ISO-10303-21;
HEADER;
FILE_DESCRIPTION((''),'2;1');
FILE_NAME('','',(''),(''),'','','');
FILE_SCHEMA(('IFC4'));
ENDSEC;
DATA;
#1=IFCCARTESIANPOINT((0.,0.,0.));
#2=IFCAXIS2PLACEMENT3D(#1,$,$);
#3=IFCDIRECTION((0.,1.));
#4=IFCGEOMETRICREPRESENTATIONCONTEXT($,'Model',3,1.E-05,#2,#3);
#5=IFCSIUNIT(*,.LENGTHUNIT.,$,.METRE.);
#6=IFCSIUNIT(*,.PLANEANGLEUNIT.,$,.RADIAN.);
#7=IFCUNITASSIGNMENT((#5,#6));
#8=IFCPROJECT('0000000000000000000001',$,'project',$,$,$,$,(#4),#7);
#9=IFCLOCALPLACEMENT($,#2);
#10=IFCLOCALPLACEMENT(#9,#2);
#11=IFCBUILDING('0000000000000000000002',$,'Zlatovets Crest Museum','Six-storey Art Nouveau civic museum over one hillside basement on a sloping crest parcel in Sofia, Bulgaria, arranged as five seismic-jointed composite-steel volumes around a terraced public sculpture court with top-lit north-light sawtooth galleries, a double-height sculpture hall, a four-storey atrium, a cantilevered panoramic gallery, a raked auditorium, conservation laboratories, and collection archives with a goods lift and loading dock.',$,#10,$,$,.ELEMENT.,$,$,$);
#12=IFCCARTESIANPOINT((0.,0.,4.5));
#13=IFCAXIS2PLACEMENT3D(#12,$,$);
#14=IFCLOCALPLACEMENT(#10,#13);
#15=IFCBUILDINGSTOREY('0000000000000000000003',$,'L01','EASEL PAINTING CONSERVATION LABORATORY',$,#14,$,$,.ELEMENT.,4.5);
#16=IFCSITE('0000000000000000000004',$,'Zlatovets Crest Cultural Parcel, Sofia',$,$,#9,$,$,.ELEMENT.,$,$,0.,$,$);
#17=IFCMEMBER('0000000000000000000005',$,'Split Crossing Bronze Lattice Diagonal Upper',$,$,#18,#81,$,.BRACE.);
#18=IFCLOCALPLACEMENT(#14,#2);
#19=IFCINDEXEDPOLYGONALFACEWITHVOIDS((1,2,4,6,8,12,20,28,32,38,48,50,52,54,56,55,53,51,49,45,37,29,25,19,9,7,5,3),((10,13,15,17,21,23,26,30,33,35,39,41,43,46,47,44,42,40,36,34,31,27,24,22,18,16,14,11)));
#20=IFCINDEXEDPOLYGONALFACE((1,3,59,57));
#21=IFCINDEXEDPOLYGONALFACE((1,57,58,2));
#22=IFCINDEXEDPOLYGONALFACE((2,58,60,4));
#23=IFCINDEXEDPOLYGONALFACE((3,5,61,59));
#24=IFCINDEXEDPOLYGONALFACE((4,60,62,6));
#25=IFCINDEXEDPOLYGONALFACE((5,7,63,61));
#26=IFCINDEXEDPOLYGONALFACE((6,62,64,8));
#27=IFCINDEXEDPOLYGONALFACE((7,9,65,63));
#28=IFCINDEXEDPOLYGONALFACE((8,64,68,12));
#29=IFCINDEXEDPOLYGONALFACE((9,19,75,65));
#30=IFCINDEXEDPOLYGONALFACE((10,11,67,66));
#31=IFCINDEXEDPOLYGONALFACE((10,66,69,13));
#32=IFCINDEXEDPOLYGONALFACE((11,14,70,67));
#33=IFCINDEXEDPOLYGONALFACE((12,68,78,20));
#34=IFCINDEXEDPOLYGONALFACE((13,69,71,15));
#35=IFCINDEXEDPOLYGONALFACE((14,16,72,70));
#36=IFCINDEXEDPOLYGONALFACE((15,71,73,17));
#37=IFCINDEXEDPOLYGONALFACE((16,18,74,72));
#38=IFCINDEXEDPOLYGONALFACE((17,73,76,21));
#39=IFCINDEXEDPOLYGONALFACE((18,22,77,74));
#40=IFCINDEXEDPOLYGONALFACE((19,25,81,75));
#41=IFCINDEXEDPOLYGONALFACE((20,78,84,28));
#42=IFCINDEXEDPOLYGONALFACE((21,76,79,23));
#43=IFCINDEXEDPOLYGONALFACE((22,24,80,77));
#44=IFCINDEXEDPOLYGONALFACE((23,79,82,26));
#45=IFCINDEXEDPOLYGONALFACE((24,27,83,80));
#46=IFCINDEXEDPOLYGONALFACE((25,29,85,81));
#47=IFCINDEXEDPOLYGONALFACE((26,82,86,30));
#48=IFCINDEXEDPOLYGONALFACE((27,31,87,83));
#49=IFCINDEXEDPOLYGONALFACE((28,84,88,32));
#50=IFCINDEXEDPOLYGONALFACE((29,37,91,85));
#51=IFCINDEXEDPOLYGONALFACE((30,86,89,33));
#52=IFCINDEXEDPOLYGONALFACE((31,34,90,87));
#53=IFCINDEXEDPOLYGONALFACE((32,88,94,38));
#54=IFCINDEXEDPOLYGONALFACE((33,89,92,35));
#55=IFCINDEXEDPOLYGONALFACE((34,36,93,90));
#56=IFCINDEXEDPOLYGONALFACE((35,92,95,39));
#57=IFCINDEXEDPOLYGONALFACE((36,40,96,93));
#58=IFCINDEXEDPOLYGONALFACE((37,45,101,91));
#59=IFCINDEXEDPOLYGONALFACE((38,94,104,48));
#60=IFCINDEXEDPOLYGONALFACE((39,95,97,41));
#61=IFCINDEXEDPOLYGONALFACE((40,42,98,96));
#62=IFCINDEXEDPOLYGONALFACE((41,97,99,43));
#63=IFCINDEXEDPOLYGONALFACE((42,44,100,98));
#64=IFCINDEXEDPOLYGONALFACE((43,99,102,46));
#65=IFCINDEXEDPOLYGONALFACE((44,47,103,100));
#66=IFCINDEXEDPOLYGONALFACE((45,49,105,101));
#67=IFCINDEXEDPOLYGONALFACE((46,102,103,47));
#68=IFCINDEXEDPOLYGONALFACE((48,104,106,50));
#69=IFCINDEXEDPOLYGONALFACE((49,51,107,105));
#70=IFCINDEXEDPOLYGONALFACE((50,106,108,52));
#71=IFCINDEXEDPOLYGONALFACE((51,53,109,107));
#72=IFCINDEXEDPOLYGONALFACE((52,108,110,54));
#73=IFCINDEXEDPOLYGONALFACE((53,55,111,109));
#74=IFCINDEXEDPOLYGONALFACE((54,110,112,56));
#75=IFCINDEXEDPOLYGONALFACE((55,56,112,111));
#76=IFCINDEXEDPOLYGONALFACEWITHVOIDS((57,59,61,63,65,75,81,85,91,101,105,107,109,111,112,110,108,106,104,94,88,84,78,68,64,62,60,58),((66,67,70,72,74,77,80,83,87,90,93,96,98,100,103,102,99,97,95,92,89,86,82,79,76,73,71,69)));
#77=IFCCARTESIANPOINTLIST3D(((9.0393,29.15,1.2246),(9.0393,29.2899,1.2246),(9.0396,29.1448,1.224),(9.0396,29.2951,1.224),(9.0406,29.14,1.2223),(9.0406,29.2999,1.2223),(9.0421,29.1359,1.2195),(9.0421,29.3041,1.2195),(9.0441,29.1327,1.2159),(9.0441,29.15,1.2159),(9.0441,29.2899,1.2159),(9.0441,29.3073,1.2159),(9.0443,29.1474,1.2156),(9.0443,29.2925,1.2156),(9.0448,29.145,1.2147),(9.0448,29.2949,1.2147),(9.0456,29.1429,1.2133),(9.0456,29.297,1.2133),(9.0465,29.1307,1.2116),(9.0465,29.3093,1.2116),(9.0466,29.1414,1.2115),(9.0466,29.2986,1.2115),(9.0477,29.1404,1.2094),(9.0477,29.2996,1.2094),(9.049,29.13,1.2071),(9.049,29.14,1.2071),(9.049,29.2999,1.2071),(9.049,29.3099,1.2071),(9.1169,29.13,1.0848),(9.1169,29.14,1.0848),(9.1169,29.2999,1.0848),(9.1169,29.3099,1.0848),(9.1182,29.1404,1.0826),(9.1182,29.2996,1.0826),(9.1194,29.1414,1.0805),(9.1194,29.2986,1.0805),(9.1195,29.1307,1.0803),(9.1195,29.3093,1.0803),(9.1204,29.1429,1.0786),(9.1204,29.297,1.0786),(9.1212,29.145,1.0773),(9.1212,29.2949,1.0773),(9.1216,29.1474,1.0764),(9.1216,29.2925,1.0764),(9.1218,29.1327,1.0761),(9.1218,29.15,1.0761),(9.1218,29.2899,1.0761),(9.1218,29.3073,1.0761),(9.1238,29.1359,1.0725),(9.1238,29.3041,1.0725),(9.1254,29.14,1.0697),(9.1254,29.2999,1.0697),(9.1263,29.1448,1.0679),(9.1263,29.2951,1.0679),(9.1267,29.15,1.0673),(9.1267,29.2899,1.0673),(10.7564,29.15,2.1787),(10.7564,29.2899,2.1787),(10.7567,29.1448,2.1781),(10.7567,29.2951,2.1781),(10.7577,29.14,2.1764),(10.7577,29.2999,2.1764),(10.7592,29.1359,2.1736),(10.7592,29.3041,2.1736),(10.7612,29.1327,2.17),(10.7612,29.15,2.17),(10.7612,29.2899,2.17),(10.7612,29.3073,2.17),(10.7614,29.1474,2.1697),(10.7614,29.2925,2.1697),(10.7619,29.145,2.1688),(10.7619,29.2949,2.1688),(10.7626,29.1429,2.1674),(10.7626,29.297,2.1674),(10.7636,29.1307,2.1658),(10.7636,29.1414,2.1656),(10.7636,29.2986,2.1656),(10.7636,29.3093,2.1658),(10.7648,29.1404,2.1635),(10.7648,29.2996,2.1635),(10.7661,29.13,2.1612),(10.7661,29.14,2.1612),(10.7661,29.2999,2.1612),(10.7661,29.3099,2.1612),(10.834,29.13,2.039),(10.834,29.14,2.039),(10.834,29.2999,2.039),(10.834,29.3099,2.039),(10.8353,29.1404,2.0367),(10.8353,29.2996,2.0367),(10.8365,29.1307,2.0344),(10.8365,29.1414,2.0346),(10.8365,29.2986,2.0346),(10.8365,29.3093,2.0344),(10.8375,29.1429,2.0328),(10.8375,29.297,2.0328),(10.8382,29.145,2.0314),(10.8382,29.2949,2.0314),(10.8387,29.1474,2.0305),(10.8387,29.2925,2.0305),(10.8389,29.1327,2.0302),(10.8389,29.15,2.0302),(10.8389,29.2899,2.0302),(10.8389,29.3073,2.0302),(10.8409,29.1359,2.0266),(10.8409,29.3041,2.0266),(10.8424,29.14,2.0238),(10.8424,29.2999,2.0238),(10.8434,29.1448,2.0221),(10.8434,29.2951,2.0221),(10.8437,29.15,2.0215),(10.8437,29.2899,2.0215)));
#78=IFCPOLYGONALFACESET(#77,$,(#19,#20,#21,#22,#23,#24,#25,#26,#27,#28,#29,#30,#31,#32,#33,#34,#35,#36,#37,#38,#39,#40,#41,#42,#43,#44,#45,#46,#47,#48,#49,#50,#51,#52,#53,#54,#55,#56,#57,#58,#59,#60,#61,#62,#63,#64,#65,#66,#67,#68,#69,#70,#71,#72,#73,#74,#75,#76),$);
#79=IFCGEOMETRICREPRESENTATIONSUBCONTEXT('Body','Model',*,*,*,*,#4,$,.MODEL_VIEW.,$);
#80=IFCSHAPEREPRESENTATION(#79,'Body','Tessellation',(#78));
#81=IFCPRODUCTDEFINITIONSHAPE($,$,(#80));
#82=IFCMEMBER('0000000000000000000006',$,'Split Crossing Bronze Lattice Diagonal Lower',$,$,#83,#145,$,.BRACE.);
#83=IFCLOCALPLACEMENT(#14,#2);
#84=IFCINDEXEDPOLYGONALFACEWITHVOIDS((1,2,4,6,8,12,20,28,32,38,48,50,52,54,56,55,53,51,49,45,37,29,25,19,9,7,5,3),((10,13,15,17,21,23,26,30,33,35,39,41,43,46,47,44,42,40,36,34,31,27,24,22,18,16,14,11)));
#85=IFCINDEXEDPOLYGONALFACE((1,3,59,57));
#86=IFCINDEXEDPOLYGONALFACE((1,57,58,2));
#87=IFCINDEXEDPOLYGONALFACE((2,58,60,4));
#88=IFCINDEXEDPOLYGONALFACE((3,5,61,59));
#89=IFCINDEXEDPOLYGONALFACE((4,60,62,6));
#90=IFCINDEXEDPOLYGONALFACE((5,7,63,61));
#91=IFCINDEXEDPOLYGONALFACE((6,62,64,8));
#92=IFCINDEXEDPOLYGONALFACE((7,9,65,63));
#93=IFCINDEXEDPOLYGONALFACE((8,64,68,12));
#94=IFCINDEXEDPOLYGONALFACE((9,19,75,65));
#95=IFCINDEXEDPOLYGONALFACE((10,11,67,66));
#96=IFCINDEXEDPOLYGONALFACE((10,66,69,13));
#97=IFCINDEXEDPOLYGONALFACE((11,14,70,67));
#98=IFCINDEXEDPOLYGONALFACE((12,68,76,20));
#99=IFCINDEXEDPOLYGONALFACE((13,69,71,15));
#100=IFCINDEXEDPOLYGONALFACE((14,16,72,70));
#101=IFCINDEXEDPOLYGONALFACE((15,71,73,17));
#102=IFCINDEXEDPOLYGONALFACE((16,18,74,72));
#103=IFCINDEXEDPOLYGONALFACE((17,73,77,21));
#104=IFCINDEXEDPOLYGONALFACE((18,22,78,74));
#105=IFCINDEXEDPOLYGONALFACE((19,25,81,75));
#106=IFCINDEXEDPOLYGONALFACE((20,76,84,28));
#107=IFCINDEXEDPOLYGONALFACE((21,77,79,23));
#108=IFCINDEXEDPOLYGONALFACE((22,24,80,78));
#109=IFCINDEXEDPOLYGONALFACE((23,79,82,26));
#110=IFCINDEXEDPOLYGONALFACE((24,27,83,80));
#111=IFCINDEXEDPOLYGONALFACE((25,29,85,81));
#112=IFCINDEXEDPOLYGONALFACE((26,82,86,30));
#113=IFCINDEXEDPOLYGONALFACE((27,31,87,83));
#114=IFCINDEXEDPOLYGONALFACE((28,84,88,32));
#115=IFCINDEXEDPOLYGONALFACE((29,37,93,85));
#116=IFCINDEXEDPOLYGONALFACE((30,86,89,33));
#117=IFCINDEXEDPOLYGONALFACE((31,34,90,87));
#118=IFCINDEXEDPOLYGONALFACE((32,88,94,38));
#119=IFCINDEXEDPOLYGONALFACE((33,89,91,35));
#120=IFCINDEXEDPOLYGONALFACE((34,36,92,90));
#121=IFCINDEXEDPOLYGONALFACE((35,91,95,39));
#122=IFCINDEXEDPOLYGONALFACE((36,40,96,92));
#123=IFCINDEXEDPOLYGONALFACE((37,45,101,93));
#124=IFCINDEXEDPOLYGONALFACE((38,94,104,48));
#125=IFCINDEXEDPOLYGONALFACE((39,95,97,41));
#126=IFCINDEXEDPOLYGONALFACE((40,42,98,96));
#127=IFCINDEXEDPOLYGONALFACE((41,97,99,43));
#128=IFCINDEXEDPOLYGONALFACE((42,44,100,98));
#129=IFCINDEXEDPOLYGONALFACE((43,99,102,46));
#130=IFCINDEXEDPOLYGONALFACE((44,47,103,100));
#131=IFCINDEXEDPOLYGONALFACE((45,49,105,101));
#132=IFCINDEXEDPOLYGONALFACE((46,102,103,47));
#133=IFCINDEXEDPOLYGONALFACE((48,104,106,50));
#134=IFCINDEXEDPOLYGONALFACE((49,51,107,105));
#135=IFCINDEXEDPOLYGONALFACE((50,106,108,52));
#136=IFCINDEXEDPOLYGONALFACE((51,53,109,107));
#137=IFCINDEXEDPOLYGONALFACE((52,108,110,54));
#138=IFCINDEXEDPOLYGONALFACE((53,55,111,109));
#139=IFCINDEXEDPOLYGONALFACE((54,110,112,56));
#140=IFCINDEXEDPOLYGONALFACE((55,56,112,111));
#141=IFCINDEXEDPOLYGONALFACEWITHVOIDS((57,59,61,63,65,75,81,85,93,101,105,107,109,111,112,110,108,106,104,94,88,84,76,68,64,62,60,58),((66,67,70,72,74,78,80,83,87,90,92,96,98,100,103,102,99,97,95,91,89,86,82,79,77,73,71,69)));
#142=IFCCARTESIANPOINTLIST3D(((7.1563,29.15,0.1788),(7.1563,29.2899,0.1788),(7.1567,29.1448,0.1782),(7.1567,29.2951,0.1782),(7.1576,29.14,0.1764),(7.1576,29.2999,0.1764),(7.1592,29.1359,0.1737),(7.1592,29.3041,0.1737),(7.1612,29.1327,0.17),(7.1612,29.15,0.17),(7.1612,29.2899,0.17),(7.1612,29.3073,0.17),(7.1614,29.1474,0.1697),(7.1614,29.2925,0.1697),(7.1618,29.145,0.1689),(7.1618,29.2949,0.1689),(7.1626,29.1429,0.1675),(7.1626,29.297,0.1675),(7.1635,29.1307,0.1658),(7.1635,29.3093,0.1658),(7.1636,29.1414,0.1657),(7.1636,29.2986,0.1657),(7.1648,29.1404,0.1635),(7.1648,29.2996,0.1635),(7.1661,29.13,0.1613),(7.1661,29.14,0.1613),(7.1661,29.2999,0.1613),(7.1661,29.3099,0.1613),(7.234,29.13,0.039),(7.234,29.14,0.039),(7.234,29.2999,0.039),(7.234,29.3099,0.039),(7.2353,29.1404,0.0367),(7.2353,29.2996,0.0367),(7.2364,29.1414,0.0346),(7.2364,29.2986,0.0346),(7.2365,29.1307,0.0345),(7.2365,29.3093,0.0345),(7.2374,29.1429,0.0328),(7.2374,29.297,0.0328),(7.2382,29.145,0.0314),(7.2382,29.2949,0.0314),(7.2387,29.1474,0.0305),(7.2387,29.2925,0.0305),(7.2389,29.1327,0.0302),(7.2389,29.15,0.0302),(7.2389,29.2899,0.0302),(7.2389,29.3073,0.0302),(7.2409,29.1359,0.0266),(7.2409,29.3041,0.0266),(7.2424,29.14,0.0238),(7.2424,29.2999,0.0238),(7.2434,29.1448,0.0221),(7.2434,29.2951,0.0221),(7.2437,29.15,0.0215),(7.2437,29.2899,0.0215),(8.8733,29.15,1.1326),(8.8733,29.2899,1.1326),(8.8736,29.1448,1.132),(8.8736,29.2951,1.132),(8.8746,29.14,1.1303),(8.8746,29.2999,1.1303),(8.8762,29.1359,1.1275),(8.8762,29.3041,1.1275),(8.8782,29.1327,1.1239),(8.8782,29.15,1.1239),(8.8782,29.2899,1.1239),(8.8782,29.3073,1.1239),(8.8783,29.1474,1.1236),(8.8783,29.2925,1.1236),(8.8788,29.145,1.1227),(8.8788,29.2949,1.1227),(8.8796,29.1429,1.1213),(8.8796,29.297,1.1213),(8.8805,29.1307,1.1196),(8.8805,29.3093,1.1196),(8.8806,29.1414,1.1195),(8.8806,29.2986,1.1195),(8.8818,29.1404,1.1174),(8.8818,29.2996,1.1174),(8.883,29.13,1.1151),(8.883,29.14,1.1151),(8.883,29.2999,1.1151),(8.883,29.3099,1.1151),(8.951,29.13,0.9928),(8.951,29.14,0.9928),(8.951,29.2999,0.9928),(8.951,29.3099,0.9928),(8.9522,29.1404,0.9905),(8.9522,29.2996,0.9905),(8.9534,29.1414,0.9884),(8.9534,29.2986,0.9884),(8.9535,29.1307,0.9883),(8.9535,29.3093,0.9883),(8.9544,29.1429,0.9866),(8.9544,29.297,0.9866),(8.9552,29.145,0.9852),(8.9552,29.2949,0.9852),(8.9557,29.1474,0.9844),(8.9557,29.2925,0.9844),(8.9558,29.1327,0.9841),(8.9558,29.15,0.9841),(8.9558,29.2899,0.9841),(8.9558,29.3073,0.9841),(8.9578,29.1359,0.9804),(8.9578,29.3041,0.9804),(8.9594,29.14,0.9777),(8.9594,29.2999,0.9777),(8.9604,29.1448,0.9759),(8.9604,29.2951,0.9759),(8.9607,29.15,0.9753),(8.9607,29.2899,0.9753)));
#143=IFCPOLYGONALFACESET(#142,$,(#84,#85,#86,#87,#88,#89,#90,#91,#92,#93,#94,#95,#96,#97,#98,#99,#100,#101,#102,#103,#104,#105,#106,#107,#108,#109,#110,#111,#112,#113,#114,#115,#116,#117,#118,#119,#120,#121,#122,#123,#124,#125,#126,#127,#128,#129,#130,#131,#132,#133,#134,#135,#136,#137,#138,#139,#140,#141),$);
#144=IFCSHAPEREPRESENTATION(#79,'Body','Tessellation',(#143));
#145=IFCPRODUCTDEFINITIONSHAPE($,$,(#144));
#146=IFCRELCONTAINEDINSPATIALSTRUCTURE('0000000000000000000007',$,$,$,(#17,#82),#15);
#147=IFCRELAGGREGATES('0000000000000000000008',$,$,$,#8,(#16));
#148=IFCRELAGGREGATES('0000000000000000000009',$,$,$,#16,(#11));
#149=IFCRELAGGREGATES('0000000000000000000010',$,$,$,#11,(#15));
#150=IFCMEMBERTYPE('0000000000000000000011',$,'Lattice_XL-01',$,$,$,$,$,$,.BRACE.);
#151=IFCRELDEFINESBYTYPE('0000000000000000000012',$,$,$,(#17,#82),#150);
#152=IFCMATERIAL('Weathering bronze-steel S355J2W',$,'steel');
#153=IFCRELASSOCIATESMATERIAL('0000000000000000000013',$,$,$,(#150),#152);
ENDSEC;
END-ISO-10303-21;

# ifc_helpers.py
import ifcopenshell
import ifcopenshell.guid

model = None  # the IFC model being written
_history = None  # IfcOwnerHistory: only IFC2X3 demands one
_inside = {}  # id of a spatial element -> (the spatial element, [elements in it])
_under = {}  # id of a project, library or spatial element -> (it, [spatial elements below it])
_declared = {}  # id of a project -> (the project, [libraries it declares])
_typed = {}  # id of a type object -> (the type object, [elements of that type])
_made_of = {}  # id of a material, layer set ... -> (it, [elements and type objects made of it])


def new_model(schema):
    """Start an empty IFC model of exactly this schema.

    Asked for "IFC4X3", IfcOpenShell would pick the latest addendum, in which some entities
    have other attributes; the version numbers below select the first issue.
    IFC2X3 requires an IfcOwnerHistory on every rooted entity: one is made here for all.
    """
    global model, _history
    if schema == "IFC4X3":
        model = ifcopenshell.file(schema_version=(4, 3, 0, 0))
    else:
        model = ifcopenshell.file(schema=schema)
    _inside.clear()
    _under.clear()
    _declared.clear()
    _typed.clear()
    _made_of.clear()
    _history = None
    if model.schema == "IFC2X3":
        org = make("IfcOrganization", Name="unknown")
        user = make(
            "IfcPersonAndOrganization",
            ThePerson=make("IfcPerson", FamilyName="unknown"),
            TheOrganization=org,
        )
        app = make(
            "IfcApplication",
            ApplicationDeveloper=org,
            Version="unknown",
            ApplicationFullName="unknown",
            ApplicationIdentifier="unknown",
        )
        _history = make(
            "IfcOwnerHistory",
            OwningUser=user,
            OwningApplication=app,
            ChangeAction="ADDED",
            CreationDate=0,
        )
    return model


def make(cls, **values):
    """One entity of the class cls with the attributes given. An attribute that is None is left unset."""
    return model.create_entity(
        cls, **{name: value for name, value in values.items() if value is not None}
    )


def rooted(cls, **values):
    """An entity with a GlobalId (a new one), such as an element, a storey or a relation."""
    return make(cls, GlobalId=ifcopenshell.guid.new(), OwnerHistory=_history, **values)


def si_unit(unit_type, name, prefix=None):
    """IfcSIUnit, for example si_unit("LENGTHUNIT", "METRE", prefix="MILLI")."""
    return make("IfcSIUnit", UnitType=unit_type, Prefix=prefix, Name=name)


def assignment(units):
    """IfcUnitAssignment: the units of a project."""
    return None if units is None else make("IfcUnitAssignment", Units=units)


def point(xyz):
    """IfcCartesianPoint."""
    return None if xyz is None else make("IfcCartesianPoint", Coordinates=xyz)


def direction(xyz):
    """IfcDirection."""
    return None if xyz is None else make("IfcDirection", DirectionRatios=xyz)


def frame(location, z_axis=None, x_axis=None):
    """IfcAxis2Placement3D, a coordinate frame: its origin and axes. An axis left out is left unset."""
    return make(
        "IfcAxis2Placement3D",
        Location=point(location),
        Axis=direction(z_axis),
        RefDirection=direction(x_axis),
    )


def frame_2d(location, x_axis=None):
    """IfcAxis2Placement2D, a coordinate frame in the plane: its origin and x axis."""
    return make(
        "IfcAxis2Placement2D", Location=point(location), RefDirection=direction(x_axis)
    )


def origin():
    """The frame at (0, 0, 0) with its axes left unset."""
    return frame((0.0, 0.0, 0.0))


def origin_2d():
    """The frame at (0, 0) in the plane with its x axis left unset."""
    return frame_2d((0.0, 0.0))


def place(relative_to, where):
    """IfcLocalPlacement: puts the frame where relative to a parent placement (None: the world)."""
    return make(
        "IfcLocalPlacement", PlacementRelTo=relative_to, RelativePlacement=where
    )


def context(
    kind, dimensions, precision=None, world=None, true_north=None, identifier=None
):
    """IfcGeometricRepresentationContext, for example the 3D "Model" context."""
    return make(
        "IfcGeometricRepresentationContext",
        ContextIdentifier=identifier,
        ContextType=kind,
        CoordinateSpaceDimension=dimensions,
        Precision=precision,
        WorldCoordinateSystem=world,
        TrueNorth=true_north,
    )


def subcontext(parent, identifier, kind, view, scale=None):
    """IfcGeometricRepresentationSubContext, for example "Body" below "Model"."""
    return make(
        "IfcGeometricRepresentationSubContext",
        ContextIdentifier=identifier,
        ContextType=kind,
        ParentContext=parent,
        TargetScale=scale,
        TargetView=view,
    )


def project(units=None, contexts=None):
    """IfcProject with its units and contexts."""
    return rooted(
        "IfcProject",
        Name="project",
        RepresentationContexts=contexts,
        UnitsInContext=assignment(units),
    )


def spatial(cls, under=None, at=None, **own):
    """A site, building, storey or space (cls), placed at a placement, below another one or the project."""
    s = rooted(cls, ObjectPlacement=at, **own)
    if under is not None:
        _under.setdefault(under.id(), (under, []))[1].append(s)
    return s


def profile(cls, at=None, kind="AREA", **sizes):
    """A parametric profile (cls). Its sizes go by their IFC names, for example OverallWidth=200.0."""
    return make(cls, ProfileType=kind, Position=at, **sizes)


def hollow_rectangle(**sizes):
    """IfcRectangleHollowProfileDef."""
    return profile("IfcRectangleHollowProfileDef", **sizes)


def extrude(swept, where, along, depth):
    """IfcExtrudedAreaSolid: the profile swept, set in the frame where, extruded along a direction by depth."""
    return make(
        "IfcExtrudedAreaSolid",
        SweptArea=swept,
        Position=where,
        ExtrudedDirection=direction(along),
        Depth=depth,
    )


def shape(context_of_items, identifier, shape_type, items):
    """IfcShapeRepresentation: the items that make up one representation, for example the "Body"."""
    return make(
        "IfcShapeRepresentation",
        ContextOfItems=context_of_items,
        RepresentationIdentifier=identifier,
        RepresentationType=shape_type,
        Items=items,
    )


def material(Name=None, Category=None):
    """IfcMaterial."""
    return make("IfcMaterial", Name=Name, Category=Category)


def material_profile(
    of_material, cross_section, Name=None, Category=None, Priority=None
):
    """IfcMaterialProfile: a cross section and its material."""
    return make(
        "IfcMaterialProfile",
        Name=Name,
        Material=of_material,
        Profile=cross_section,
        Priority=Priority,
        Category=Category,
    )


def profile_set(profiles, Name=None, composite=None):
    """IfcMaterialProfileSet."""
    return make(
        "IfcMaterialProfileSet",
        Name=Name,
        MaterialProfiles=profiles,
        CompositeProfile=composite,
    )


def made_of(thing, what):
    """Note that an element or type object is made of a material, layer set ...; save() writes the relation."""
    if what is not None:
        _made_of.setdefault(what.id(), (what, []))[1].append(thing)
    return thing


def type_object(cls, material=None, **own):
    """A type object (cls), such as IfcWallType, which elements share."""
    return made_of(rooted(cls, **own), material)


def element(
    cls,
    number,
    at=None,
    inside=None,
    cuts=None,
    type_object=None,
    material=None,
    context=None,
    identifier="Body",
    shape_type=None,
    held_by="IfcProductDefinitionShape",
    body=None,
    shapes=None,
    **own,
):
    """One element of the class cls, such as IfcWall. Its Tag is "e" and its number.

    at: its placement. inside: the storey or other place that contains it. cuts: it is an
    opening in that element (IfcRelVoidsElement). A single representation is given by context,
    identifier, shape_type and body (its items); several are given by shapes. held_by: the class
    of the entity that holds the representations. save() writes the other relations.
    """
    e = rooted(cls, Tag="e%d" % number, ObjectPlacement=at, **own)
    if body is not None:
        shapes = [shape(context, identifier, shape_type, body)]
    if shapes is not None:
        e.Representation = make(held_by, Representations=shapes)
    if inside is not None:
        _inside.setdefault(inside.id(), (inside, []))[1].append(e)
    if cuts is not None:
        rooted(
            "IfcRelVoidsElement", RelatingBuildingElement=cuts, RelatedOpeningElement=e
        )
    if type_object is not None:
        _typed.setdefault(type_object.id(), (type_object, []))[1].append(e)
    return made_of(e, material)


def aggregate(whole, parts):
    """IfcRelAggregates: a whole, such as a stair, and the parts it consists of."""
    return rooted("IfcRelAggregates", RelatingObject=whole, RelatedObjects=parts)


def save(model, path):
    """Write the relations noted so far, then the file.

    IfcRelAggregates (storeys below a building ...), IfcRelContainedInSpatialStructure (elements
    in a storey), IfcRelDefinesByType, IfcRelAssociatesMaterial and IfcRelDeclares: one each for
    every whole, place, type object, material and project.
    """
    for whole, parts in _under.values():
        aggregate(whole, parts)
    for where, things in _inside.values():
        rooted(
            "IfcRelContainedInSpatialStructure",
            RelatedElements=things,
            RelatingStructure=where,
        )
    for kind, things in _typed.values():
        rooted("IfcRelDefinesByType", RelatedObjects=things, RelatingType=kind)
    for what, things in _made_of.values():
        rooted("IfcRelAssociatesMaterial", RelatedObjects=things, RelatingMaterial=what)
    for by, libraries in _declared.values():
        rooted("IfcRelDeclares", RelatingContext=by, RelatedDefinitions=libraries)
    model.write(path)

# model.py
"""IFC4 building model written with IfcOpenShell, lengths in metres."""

from ifc_helpers import new_model, si_unit, direction, frame, origin, origin_2d, place, context, subcontext, project, spatial, hollow_rectangle, extrude, material, material_profile, profile_set, type_object, element, save


model = new_model("IFC4")

# Units and contexts
model_context = context("Model", 3, precision=1e-05, world=origin(), true_north=direction((0.0, 1.0)))
body_context = subcontext(model_context, "Body", "Model", "MODEL_VIEW")
ifc_project = project(units=[si_unit("LENGTHUNIT", "METRE"), si_unit("PLANEANGLEUNIT", "RADIAN")], contexts=[model_context])

# Site, building, storey
site_placement = place(None, origin())
site = spatial("IfcSite", under=ifc_project, at=site_placement, Name="Zlatovets Crest Cultural Parcel, Sofia", CompositionType="ELEMENT", RefElevation=0.0)
building_placement = place(site_placement, origin())
building = spatial("IfcBuilding", under=site, at=building_placement, Name="Zlatovets Crest Museum", Description="Six-storey Art Nouveau civic museum over one hillside basement on a sloping crest parcel in Sofia, Bulgaria, arranged as five seismic-jointed composite-steel volumes around a terraced public sculpture court with top-lit north-light sawtooth galleries, a double-height sculpture hall, a four-storey atrium, a cantilevered panoramic gallery, a raked auditorium, conservation laboratories, and collection archives with a goods lift and loading dock.", CompositionType="ELEMENT")
storey_placement = place(building_placement, frame((0.0, 0.0, 4.5)))
storey = spatial("IfcBuildingStorey", under=building, at=storey_placement, Name="L01", Description="EASEL PAINTING CONSERVATION LABORATORY", CompositionType="ELEMENT", Elevation=4.5)

# Members
ifc_material_1 = material(Name="Weathering bronze-steel S355J2W", Category="steel")
ifc_material_profile_1 = material_profile(ifc_material_1, hollow_rectangle(XDim=0.1799, YDim=0.1799, WallThickness=0.01, InnerFilletRadius=0.01, OuterFilletRadius=0.02, at=origin_2d()), Name="SHS 180x180x10.0")
ifc_profile_set_1 = profile_set([ifc_material_profile_1], Name="Weathering bronze-steel S355J2W")
member_type_1 = type_object("IfcMemberType", Name="Lattice_XL-01", PredefinedType="BRACE", material=ifc_profile_set_1)
member_1_placement = place(storey_placement, frame((10.8, 29.22, 2.1001), z_axis=(-0.874116, 0.0, -0.485717), x_axis=(0.0, -1.0, 0.0)))
element("IfcMember", 1, at=member_1_placement, inside=storey, type_object=member_type_1, Name="Split Crossing Bronze Lattice Diagonal Upper", PredefinedType="BRACE", context=body_context, shape_type="SweptSolid", body=[
    extrude(hollow_rectangle(XDim=0.1799, YDim=0.1799, WallThickness=0.01, InnerFilletRadius=0.01, OuterFilletRadius=0.02, at=origin_2d()), origin(), (0.0, 0.0, 1.0), 1.9644),
])
for number, where, z_axis, x_axis, name in (
    (2, (8.917, 29.22, 1.054), (-0.874169, 0.0, -0.485622), (0.0, -1.0, 0.0), "Split Crossing Bronze Lattice Diagonal Lower"),
):
    element("IfcMember", number, at=place(storey_placement, frame(where, z_axis=z_axis, x_axis=x_axis)), inside=storey, type_object=member_type_1, Name=name, PredefinedType="BRACE", context=body_context, shape_type="SweptSolid", body=[
        extrude(hollow_rectangle(XDim=0.1799, YDim=0.1799, WallThickness=0.01, InnerFilletRadius=0.01, OuterFilletRadius=0.02, at=origin_2d()), origin(), (0.0, 0.0, 1.0), 1.9641),
    ])

save(model, "model.ifc")
